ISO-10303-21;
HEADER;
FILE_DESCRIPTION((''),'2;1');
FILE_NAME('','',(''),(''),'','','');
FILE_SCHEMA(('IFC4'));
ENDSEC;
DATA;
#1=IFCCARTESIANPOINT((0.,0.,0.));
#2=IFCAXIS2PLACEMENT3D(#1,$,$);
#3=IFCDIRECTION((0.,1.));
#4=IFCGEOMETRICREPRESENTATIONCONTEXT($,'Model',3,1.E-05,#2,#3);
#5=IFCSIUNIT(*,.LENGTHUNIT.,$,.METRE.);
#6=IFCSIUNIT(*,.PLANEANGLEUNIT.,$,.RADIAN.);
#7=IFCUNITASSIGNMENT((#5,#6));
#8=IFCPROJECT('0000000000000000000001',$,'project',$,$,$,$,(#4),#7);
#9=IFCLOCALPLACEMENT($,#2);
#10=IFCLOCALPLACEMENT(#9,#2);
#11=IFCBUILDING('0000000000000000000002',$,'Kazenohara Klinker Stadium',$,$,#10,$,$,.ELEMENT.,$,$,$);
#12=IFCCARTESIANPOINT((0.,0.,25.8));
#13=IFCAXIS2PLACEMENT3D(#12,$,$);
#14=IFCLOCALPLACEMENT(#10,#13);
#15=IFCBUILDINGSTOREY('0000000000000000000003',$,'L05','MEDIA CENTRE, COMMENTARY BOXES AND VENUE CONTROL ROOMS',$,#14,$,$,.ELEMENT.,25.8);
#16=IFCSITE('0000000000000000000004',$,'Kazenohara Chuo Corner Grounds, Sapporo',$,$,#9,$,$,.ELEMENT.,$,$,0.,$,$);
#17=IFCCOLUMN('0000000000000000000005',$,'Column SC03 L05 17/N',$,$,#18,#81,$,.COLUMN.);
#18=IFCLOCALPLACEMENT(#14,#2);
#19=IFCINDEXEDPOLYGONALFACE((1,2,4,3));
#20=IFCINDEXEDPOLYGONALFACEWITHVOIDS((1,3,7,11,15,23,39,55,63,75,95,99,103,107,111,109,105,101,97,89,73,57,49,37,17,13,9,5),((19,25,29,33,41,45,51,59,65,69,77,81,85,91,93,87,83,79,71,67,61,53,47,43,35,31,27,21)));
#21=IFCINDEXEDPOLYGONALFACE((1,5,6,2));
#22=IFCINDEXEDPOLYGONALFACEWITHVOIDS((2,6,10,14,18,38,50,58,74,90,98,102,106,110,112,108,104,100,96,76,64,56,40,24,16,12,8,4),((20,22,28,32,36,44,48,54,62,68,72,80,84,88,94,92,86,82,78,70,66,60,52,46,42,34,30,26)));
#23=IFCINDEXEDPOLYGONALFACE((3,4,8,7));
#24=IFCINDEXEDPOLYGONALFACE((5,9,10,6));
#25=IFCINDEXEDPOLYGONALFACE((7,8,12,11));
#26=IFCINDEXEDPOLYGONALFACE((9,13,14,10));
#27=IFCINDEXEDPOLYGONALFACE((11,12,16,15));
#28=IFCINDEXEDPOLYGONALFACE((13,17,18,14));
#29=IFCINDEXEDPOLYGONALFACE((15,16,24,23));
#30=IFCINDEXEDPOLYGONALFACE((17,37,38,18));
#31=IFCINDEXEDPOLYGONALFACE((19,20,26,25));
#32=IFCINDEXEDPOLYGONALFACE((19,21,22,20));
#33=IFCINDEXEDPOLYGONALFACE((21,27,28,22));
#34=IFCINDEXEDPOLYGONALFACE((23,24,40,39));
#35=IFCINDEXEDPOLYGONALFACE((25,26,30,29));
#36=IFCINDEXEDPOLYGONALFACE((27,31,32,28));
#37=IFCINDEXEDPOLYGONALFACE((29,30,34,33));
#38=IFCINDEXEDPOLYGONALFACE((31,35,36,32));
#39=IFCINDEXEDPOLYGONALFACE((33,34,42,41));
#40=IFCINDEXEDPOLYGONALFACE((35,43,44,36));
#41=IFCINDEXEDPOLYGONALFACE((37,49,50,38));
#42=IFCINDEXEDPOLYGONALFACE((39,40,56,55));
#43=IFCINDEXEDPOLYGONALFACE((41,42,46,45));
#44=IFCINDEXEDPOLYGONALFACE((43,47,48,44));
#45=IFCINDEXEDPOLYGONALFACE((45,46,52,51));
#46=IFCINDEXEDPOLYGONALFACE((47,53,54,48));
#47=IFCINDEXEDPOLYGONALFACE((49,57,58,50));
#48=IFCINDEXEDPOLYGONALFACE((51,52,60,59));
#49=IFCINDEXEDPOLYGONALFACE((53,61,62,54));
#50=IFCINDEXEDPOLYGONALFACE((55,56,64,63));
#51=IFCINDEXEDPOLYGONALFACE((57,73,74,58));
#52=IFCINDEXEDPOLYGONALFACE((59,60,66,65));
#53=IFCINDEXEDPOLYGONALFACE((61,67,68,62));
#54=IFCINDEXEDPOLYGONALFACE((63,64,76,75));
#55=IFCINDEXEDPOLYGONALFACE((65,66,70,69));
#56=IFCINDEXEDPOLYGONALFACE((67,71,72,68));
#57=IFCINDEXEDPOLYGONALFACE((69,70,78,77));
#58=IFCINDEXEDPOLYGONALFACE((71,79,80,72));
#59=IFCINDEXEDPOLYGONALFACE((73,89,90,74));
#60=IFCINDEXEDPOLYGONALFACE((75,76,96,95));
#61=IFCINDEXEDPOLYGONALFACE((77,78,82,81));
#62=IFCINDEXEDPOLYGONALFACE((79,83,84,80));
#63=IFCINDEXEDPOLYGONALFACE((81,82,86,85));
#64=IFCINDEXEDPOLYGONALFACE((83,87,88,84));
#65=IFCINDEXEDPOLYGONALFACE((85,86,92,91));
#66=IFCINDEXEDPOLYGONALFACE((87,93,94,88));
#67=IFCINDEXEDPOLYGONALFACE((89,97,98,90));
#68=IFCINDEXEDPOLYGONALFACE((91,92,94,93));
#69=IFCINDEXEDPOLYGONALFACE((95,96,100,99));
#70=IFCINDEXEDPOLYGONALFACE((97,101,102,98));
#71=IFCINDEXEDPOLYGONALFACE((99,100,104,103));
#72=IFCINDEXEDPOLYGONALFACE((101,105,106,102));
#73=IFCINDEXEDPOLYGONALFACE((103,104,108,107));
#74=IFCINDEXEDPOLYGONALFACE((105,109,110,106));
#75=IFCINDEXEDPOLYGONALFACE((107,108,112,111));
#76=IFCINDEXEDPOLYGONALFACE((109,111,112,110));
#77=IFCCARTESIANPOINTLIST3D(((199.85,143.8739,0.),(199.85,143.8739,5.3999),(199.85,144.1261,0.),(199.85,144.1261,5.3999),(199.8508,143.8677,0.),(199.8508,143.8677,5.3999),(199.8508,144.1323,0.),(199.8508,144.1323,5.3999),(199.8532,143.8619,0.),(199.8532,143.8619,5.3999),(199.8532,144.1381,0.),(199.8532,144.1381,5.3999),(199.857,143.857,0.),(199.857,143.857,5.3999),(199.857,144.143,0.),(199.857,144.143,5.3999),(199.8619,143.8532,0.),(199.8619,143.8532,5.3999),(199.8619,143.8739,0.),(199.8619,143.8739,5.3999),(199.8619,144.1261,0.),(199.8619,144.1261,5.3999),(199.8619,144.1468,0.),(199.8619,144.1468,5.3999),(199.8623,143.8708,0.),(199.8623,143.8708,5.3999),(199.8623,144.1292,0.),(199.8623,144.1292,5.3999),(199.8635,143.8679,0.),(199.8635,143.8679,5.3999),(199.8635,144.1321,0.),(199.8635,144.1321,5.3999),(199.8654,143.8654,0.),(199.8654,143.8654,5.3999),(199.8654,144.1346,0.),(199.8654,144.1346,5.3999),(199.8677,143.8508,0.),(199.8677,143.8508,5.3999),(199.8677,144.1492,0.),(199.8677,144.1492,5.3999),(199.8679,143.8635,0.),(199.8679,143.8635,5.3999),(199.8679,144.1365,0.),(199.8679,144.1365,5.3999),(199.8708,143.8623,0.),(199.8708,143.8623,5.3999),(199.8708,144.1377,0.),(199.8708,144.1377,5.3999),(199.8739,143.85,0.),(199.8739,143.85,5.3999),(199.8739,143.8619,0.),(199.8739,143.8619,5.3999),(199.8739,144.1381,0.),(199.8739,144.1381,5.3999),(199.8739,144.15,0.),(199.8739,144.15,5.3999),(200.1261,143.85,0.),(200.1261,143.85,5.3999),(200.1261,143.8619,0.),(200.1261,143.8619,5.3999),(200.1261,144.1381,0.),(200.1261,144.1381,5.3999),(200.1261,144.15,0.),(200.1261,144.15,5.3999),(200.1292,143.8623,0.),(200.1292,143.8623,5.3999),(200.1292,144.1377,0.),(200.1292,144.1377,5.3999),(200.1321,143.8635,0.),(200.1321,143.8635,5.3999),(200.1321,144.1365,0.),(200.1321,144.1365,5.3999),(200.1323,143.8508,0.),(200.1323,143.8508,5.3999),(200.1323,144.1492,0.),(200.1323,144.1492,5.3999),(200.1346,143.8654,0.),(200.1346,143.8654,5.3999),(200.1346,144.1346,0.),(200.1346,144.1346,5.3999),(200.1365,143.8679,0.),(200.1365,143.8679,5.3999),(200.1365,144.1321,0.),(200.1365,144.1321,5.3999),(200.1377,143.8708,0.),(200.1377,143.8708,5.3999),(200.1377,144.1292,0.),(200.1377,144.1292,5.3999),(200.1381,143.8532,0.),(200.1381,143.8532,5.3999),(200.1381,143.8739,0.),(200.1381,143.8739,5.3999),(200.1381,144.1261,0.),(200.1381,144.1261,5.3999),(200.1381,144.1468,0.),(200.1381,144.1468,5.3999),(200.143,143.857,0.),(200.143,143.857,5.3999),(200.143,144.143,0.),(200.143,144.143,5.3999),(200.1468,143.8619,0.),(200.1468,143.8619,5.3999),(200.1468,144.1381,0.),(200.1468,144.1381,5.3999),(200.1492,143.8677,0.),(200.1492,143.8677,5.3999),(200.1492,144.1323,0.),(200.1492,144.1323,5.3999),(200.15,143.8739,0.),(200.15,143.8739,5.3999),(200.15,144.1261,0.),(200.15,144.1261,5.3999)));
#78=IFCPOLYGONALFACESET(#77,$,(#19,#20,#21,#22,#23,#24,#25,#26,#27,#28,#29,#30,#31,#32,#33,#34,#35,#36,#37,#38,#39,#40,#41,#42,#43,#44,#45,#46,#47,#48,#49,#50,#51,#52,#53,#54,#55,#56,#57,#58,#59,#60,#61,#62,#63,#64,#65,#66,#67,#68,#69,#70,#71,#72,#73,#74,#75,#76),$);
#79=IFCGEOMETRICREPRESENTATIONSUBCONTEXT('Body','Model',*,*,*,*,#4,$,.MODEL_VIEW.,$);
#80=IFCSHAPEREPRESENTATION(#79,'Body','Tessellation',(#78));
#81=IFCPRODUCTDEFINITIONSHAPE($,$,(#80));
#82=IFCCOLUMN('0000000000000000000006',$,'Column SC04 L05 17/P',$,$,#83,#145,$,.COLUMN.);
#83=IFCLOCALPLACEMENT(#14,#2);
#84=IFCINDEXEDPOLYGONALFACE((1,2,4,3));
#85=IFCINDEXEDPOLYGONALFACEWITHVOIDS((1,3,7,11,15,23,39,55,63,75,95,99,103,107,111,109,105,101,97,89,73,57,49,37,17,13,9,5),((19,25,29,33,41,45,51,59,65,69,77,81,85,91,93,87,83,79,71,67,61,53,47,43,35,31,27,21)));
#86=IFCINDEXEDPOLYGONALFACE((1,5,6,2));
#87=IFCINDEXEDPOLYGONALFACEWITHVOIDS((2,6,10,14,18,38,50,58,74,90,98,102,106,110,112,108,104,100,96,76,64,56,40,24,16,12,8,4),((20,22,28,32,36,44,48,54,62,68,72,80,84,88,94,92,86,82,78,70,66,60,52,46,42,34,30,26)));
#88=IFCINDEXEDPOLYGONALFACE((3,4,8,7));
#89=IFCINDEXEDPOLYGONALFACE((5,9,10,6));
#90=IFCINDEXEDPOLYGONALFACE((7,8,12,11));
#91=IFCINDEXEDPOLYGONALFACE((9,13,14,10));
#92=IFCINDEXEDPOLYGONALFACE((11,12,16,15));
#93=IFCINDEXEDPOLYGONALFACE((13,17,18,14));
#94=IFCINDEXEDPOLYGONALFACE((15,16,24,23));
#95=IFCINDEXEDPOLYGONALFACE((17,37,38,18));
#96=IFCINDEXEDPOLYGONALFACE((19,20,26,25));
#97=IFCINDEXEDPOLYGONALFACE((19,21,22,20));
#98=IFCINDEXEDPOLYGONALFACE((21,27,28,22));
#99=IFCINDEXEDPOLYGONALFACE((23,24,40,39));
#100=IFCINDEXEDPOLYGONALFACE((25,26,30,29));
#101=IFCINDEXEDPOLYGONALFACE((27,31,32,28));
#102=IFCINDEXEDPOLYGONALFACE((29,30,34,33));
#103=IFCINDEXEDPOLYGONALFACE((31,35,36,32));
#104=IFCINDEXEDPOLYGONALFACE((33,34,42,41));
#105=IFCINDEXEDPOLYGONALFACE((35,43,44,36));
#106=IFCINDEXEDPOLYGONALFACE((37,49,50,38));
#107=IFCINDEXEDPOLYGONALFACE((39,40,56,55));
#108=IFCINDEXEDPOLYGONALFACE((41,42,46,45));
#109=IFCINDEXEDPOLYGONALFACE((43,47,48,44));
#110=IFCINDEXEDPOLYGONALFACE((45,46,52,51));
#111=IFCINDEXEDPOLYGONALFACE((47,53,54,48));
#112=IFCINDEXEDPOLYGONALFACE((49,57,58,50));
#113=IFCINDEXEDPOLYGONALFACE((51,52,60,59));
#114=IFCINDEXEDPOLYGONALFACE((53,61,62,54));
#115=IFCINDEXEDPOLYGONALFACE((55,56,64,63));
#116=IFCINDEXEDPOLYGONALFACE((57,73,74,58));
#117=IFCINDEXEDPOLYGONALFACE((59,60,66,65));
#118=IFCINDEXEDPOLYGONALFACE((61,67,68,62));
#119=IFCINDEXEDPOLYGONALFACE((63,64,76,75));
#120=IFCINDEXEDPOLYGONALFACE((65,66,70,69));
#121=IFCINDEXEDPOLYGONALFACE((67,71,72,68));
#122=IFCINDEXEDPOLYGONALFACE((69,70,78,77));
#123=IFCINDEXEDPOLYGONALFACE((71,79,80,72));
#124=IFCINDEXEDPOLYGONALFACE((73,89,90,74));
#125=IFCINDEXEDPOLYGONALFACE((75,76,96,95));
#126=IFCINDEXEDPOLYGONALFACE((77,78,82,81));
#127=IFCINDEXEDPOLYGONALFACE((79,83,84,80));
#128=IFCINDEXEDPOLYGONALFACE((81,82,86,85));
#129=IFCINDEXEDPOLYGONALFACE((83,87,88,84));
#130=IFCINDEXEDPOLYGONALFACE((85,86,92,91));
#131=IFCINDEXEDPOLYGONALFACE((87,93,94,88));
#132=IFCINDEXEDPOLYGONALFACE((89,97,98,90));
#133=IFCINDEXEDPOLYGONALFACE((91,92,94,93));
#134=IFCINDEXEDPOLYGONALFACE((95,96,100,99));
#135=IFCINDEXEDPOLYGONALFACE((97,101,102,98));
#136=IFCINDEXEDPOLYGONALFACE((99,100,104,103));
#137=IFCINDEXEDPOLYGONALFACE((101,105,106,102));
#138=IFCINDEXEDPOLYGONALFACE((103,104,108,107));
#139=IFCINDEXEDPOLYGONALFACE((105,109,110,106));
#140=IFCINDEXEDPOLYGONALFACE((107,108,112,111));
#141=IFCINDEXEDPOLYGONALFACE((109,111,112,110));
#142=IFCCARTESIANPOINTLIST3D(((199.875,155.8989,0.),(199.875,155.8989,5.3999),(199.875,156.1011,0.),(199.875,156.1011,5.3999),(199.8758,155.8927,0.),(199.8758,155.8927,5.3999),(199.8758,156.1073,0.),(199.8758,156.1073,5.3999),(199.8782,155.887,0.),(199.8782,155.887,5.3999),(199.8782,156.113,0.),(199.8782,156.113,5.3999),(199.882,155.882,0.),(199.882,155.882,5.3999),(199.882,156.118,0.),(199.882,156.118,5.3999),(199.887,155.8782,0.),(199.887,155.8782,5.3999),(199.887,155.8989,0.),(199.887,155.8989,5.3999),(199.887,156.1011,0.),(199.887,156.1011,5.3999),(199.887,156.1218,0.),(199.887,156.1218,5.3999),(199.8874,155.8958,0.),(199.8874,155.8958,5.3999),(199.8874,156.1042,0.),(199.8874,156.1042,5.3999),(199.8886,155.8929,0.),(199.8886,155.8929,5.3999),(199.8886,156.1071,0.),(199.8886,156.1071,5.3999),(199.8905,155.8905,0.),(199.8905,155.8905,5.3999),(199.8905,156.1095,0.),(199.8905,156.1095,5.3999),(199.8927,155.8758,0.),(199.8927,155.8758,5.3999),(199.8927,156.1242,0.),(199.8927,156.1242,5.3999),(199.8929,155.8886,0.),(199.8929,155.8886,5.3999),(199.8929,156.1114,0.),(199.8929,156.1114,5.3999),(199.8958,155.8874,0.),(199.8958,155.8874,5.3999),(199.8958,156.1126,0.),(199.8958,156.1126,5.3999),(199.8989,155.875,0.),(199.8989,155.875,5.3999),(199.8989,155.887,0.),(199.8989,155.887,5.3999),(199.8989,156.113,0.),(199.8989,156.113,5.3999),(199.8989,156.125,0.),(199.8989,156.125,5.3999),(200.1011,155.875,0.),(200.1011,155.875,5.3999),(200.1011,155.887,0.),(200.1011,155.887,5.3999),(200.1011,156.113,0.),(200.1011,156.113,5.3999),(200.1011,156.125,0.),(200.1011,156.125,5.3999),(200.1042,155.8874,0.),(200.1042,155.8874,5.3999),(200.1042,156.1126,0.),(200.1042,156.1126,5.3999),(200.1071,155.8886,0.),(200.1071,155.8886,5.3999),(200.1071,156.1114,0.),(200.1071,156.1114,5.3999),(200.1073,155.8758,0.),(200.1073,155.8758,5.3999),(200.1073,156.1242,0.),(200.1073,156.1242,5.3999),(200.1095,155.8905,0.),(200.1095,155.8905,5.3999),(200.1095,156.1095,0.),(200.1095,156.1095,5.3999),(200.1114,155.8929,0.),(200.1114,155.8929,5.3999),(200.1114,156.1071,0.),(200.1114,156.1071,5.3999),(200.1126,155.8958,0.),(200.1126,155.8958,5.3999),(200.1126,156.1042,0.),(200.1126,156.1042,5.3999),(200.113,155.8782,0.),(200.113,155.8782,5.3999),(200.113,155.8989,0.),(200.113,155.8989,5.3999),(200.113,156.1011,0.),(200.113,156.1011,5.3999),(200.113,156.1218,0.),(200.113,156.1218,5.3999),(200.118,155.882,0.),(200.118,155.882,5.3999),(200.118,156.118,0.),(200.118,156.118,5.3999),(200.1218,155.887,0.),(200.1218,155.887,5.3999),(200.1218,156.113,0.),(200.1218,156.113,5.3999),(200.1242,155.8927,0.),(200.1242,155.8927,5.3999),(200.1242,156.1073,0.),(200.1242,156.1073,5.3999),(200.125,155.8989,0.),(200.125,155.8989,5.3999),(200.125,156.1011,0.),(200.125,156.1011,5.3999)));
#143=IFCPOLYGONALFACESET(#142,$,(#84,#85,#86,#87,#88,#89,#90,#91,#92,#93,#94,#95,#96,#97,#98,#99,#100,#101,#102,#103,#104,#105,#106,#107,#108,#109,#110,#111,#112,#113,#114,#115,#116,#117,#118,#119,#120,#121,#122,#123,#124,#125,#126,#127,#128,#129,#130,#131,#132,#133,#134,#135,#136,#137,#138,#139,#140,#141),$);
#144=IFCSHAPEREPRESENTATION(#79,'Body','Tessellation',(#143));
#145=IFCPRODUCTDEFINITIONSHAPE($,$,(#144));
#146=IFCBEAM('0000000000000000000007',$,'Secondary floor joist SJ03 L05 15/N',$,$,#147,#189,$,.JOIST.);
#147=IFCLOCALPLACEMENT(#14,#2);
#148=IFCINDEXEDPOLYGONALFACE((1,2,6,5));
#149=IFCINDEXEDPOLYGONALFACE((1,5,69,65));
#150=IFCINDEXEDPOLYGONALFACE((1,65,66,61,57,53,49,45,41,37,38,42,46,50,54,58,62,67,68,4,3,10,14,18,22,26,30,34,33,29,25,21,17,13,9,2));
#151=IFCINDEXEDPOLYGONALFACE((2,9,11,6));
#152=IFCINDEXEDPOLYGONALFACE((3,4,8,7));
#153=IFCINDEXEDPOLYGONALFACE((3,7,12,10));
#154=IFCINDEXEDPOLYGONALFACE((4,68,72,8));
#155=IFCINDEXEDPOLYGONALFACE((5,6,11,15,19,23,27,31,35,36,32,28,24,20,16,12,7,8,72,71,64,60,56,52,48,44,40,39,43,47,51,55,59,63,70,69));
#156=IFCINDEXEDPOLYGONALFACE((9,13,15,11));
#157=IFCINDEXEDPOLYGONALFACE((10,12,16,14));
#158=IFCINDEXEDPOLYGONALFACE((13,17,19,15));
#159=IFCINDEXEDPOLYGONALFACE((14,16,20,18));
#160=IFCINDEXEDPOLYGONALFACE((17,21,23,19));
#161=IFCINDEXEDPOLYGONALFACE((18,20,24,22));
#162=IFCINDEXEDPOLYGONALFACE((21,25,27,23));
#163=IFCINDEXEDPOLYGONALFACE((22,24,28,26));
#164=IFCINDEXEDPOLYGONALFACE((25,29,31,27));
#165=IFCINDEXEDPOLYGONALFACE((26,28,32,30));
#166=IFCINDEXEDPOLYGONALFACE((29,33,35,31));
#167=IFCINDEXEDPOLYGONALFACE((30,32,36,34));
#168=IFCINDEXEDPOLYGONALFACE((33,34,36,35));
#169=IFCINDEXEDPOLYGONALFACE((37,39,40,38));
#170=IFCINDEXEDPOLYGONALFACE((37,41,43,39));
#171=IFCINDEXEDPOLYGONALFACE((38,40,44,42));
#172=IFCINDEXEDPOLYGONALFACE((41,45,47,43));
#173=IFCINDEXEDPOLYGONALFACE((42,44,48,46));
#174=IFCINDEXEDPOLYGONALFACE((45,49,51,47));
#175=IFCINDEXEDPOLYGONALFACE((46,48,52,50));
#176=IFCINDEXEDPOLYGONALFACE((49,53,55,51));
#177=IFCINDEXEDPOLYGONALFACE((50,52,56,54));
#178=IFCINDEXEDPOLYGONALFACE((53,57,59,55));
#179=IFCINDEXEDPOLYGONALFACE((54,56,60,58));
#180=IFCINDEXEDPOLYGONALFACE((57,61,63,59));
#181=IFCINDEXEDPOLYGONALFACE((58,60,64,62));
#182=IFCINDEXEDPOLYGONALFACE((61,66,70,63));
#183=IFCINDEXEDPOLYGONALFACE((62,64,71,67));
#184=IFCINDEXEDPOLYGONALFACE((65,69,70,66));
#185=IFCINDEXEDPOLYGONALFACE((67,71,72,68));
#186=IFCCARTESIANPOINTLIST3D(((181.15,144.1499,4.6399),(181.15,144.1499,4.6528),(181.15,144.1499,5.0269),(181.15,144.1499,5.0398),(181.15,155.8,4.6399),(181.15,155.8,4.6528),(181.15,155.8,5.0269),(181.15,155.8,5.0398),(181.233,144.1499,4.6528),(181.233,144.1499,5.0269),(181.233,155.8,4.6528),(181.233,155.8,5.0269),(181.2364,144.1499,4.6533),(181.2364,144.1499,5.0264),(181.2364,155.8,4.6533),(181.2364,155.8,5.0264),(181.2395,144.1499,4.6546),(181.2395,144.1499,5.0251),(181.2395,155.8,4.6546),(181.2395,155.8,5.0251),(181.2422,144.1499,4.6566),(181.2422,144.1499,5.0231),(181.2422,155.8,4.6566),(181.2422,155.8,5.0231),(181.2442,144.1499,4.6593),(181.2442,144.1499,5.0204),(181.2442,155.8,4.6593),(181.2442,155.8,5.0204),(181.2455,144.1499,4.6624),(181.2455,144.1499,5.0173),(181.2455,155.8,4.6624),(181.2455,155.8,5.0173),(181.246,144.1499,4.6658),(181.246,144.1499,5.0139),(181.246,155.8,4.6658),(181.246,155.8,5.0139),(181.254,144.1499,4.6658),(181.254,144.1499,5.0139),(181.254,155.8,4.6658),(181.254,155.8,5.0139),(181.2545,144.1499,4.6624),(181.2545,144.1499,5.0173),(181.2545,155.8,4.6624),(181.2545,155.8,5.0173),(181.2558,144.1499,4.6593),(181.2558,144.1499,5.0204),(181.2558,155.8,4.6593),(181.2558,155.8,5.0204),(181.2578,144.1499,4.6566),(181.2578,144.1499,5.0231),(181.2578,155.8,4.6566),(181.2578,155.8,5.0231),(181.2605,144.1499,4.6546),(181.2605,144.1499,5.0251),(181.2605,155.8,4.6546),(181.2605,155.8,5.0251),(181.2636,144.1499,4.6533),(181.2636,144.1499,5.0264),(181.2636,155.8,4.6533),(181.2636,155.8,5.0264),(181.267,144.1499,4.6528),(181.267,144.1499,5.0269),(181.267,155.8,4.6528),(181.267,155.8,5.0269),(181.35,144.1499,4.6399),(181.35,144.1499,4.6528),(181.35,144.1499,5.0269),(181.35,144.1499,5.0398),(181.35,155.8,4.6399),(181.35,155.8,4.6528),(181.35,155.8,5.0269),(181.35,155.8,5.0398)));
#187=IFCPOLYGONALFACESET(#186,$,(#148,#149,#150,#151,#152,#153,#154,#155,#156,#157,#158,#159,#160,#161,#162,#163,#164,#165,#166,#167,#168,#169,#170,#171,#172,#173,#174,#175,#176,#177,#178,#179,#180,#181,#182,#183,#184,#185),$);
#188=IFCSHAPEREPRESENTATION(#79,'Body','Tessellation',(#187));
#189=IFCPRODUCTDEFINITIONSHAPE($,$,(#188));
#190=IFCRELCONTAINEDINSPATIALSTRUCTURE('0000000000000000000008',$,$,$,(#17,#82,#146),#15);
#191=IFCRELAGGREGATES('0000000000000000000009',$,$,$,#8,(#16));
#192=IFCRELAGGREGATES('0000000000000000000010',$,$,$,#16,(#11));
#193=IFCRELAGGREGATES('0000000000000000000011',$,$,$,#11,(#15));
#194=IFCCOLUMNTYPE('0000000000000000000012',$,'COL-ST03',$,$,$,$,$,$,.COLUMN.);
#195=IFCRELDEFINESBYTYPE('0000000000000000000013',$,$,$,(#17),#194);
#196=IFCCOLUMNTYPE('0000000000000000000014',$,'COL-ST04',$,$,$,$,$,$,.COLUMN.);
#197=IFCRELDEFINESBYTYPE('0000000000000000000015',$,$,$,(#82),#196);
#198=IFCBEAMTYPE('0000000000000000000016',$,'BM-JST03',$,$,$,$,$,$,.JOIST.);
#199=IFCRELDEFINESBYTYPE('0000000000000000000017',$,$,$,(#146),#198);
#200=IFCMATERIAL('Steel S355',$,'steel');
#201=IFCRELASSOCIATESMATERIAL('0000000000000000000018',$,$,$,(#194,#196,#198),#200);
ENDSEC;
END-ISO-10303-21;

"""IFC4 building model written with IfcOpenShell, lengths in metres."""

from ifc_helpers import new_model, si_unit, direction, frame, origin, origin_2d, place, context, subcontext, project, spatial, hollow_rectangle, i_section, extrude, material, material_profile, profile_set, type_object, element, save


model = new_model("IFC4")

# Units and contexts
model_context = context("Model", 3, precision=1e-05, world=origin(), true_north=direction((0.0, 1.0)))
body_context = subcontext(model_context, "Body", "Model", "MODEL_VIEW")
ifc_project = project(units=[si_unit("LENGTHUNIT", "METRE"), si_unit("PLANEANGLEUNIT", "RADIAN")], contexts=[model_context])

# Site, building, storey
site_placement = place(None, origin())
site = spatial("IfcSite", under=ifc_project, at=site_placement, Name="Kazenohara Chuo Corner Grounds, Sapporo", CompositionType="ELEMENT", RefElevation=0.0)
building_placement = place(site_placement, origin())
building = spatial("IfcBuilding", under=site, at=building_placement, Name="Kazenohara Klinker Stadium", CompositionType="ELEMENT")
storey_placement = place(building_placement, frame((0.0, 0.0, 25.8)))
storey = spatial("IfcBuildingStorey", under=building, at=storey_placement, Name="L05", Description="MEDIA CENTRE, COMMENTARY BOXES AND VENUE CONTROL ROOMS", CompositionType="ELEMENT", Elevation=25.8)

# Columns
ifc_material_1 = material(Name="Steel S355", Category="steel")
ifc_material_profile_1 = material_profile(ifc_material_1, hollow_rectangle(XDim=0.3, YDim=0.3, WallThickness=0.012, InnerFilletRadius=0.012, OuterFilletRadius=0.0239, at=origin_2d()), Name="SHS-300x300x12")
ifc_profile_set_1 = profile_set([ifc_material_profile_1], Name="Steel S355")
column_type_1 = type_object("IfcColumnType", Name="COL-ST03", PredefinedType="COLUMN", material=ifc_profile_set_1)
for number, where, z_axis, x_axis, name in (
    (1, (200.0, 144.0, 0.0), (0.0, 0.0, 1.0), (1.0, 0.0, 0.0), "Column SC03 L05 17/N"),
):
    element("IfcColumn", number, at=place(storey_placement, frame(where, z_axis=z_axis, x_axis=x_axis)), inside=storey, type_object=column_type_1, Name=name, PredefinedType="COLUMN", context=body_context, shape_type="SweptSolid", body=[
        extrude(hollow_rectangle(XDim=0.3, YDim=0.3, WallThickness=0.012, InnerFilletRadius=0.012, OuterFilletRadius=0.0239, at=origin_2d()), origin(), (0.0, 0.0, 1.0), 5.3999),
    ])
ifc_material_profile_2 = material_profile(ifc_material_1, hollow_rectangle(XDim=0.25, YDim=0.25, WallThickness=0.012, InnerFilletRadius=0.012, OuterFilletRadius=0.0239, at=origin_2d()), Name="SHS-250x250x12")
ifc_profile_set_2 = profile_set([ifc_material_profile_2], Name="Steel S355")
column_type_2 = type_object("IfcColumnType", Name="COL-ST04", PredefinedType="COLUMN", material=ifc_profile_set_2)
column_1_placement = place(storey_placement, frame((200.0, 156.0, 0.0), z_axis=(0.0, 0.0, 1.0), x_axis=(1.0, 0.0, 0.0)))
element("IfcColumn", 2, at=column_1_placement, inside=storey, type_object=column_type_2, Name="Column SC04 L05 17/P", PredefinedType="COLUMN", context=body_context, shape_type="SweptSolid", body=[
    extrude(hollow_rectangle(XDim=0.25, YDim=0.25, WallThickness=0.012, InnerFilletRadius=0.012, OuterFilletRadius=0.0239, at=origin_2d()), origin(), (0.0, 0.0, 1.0), 5.3999),
])

# Beam
ifc_material_profile_3 = material_profile(ifc_material_1, i_section(OverallWidth=0.2, OverallDepth=0.3999, WebThickness=0.0081, FlangeThickness=0.0129, FilletRadius=0.0129, at=origin_2d()), Name="H-400x200x8x13")
ifc_profile_set_3 = profile_set([ifc_material_profile_3], Name="Steel S355")
beam_type_1 = type_object("IfcBeamType", Name="BM-JST03", PredefinedType="JOIST", material=ifc_profile_set_3)
beam_1_placement = place(storey_placement, frame((181.25, 144.1499, 4.8398), z_axis=(0.0, 1.0, 0.0), x_axis=(-1.0, 0.0, 0.0)))
element("IfcBeam", 3, at=beam_1_placement, inside=storey, type_object=beam_type_1, Name="Secondary floor joist SJ03 L05 15/N", PredefinedType="JOIST", context=body_context, shape_type="SweptSolid", body=[
    extrude(i_section(OverallWidth=0.2, OverallDepth=0.3999, WebThickness=0.0081, FlangeThickness=0.0129, FilletRadius=0.0129, at=origin_2d()), origin(), (0.0, 0.0, 1.0), 11.6501),
])

save(model, "model.ifc")
